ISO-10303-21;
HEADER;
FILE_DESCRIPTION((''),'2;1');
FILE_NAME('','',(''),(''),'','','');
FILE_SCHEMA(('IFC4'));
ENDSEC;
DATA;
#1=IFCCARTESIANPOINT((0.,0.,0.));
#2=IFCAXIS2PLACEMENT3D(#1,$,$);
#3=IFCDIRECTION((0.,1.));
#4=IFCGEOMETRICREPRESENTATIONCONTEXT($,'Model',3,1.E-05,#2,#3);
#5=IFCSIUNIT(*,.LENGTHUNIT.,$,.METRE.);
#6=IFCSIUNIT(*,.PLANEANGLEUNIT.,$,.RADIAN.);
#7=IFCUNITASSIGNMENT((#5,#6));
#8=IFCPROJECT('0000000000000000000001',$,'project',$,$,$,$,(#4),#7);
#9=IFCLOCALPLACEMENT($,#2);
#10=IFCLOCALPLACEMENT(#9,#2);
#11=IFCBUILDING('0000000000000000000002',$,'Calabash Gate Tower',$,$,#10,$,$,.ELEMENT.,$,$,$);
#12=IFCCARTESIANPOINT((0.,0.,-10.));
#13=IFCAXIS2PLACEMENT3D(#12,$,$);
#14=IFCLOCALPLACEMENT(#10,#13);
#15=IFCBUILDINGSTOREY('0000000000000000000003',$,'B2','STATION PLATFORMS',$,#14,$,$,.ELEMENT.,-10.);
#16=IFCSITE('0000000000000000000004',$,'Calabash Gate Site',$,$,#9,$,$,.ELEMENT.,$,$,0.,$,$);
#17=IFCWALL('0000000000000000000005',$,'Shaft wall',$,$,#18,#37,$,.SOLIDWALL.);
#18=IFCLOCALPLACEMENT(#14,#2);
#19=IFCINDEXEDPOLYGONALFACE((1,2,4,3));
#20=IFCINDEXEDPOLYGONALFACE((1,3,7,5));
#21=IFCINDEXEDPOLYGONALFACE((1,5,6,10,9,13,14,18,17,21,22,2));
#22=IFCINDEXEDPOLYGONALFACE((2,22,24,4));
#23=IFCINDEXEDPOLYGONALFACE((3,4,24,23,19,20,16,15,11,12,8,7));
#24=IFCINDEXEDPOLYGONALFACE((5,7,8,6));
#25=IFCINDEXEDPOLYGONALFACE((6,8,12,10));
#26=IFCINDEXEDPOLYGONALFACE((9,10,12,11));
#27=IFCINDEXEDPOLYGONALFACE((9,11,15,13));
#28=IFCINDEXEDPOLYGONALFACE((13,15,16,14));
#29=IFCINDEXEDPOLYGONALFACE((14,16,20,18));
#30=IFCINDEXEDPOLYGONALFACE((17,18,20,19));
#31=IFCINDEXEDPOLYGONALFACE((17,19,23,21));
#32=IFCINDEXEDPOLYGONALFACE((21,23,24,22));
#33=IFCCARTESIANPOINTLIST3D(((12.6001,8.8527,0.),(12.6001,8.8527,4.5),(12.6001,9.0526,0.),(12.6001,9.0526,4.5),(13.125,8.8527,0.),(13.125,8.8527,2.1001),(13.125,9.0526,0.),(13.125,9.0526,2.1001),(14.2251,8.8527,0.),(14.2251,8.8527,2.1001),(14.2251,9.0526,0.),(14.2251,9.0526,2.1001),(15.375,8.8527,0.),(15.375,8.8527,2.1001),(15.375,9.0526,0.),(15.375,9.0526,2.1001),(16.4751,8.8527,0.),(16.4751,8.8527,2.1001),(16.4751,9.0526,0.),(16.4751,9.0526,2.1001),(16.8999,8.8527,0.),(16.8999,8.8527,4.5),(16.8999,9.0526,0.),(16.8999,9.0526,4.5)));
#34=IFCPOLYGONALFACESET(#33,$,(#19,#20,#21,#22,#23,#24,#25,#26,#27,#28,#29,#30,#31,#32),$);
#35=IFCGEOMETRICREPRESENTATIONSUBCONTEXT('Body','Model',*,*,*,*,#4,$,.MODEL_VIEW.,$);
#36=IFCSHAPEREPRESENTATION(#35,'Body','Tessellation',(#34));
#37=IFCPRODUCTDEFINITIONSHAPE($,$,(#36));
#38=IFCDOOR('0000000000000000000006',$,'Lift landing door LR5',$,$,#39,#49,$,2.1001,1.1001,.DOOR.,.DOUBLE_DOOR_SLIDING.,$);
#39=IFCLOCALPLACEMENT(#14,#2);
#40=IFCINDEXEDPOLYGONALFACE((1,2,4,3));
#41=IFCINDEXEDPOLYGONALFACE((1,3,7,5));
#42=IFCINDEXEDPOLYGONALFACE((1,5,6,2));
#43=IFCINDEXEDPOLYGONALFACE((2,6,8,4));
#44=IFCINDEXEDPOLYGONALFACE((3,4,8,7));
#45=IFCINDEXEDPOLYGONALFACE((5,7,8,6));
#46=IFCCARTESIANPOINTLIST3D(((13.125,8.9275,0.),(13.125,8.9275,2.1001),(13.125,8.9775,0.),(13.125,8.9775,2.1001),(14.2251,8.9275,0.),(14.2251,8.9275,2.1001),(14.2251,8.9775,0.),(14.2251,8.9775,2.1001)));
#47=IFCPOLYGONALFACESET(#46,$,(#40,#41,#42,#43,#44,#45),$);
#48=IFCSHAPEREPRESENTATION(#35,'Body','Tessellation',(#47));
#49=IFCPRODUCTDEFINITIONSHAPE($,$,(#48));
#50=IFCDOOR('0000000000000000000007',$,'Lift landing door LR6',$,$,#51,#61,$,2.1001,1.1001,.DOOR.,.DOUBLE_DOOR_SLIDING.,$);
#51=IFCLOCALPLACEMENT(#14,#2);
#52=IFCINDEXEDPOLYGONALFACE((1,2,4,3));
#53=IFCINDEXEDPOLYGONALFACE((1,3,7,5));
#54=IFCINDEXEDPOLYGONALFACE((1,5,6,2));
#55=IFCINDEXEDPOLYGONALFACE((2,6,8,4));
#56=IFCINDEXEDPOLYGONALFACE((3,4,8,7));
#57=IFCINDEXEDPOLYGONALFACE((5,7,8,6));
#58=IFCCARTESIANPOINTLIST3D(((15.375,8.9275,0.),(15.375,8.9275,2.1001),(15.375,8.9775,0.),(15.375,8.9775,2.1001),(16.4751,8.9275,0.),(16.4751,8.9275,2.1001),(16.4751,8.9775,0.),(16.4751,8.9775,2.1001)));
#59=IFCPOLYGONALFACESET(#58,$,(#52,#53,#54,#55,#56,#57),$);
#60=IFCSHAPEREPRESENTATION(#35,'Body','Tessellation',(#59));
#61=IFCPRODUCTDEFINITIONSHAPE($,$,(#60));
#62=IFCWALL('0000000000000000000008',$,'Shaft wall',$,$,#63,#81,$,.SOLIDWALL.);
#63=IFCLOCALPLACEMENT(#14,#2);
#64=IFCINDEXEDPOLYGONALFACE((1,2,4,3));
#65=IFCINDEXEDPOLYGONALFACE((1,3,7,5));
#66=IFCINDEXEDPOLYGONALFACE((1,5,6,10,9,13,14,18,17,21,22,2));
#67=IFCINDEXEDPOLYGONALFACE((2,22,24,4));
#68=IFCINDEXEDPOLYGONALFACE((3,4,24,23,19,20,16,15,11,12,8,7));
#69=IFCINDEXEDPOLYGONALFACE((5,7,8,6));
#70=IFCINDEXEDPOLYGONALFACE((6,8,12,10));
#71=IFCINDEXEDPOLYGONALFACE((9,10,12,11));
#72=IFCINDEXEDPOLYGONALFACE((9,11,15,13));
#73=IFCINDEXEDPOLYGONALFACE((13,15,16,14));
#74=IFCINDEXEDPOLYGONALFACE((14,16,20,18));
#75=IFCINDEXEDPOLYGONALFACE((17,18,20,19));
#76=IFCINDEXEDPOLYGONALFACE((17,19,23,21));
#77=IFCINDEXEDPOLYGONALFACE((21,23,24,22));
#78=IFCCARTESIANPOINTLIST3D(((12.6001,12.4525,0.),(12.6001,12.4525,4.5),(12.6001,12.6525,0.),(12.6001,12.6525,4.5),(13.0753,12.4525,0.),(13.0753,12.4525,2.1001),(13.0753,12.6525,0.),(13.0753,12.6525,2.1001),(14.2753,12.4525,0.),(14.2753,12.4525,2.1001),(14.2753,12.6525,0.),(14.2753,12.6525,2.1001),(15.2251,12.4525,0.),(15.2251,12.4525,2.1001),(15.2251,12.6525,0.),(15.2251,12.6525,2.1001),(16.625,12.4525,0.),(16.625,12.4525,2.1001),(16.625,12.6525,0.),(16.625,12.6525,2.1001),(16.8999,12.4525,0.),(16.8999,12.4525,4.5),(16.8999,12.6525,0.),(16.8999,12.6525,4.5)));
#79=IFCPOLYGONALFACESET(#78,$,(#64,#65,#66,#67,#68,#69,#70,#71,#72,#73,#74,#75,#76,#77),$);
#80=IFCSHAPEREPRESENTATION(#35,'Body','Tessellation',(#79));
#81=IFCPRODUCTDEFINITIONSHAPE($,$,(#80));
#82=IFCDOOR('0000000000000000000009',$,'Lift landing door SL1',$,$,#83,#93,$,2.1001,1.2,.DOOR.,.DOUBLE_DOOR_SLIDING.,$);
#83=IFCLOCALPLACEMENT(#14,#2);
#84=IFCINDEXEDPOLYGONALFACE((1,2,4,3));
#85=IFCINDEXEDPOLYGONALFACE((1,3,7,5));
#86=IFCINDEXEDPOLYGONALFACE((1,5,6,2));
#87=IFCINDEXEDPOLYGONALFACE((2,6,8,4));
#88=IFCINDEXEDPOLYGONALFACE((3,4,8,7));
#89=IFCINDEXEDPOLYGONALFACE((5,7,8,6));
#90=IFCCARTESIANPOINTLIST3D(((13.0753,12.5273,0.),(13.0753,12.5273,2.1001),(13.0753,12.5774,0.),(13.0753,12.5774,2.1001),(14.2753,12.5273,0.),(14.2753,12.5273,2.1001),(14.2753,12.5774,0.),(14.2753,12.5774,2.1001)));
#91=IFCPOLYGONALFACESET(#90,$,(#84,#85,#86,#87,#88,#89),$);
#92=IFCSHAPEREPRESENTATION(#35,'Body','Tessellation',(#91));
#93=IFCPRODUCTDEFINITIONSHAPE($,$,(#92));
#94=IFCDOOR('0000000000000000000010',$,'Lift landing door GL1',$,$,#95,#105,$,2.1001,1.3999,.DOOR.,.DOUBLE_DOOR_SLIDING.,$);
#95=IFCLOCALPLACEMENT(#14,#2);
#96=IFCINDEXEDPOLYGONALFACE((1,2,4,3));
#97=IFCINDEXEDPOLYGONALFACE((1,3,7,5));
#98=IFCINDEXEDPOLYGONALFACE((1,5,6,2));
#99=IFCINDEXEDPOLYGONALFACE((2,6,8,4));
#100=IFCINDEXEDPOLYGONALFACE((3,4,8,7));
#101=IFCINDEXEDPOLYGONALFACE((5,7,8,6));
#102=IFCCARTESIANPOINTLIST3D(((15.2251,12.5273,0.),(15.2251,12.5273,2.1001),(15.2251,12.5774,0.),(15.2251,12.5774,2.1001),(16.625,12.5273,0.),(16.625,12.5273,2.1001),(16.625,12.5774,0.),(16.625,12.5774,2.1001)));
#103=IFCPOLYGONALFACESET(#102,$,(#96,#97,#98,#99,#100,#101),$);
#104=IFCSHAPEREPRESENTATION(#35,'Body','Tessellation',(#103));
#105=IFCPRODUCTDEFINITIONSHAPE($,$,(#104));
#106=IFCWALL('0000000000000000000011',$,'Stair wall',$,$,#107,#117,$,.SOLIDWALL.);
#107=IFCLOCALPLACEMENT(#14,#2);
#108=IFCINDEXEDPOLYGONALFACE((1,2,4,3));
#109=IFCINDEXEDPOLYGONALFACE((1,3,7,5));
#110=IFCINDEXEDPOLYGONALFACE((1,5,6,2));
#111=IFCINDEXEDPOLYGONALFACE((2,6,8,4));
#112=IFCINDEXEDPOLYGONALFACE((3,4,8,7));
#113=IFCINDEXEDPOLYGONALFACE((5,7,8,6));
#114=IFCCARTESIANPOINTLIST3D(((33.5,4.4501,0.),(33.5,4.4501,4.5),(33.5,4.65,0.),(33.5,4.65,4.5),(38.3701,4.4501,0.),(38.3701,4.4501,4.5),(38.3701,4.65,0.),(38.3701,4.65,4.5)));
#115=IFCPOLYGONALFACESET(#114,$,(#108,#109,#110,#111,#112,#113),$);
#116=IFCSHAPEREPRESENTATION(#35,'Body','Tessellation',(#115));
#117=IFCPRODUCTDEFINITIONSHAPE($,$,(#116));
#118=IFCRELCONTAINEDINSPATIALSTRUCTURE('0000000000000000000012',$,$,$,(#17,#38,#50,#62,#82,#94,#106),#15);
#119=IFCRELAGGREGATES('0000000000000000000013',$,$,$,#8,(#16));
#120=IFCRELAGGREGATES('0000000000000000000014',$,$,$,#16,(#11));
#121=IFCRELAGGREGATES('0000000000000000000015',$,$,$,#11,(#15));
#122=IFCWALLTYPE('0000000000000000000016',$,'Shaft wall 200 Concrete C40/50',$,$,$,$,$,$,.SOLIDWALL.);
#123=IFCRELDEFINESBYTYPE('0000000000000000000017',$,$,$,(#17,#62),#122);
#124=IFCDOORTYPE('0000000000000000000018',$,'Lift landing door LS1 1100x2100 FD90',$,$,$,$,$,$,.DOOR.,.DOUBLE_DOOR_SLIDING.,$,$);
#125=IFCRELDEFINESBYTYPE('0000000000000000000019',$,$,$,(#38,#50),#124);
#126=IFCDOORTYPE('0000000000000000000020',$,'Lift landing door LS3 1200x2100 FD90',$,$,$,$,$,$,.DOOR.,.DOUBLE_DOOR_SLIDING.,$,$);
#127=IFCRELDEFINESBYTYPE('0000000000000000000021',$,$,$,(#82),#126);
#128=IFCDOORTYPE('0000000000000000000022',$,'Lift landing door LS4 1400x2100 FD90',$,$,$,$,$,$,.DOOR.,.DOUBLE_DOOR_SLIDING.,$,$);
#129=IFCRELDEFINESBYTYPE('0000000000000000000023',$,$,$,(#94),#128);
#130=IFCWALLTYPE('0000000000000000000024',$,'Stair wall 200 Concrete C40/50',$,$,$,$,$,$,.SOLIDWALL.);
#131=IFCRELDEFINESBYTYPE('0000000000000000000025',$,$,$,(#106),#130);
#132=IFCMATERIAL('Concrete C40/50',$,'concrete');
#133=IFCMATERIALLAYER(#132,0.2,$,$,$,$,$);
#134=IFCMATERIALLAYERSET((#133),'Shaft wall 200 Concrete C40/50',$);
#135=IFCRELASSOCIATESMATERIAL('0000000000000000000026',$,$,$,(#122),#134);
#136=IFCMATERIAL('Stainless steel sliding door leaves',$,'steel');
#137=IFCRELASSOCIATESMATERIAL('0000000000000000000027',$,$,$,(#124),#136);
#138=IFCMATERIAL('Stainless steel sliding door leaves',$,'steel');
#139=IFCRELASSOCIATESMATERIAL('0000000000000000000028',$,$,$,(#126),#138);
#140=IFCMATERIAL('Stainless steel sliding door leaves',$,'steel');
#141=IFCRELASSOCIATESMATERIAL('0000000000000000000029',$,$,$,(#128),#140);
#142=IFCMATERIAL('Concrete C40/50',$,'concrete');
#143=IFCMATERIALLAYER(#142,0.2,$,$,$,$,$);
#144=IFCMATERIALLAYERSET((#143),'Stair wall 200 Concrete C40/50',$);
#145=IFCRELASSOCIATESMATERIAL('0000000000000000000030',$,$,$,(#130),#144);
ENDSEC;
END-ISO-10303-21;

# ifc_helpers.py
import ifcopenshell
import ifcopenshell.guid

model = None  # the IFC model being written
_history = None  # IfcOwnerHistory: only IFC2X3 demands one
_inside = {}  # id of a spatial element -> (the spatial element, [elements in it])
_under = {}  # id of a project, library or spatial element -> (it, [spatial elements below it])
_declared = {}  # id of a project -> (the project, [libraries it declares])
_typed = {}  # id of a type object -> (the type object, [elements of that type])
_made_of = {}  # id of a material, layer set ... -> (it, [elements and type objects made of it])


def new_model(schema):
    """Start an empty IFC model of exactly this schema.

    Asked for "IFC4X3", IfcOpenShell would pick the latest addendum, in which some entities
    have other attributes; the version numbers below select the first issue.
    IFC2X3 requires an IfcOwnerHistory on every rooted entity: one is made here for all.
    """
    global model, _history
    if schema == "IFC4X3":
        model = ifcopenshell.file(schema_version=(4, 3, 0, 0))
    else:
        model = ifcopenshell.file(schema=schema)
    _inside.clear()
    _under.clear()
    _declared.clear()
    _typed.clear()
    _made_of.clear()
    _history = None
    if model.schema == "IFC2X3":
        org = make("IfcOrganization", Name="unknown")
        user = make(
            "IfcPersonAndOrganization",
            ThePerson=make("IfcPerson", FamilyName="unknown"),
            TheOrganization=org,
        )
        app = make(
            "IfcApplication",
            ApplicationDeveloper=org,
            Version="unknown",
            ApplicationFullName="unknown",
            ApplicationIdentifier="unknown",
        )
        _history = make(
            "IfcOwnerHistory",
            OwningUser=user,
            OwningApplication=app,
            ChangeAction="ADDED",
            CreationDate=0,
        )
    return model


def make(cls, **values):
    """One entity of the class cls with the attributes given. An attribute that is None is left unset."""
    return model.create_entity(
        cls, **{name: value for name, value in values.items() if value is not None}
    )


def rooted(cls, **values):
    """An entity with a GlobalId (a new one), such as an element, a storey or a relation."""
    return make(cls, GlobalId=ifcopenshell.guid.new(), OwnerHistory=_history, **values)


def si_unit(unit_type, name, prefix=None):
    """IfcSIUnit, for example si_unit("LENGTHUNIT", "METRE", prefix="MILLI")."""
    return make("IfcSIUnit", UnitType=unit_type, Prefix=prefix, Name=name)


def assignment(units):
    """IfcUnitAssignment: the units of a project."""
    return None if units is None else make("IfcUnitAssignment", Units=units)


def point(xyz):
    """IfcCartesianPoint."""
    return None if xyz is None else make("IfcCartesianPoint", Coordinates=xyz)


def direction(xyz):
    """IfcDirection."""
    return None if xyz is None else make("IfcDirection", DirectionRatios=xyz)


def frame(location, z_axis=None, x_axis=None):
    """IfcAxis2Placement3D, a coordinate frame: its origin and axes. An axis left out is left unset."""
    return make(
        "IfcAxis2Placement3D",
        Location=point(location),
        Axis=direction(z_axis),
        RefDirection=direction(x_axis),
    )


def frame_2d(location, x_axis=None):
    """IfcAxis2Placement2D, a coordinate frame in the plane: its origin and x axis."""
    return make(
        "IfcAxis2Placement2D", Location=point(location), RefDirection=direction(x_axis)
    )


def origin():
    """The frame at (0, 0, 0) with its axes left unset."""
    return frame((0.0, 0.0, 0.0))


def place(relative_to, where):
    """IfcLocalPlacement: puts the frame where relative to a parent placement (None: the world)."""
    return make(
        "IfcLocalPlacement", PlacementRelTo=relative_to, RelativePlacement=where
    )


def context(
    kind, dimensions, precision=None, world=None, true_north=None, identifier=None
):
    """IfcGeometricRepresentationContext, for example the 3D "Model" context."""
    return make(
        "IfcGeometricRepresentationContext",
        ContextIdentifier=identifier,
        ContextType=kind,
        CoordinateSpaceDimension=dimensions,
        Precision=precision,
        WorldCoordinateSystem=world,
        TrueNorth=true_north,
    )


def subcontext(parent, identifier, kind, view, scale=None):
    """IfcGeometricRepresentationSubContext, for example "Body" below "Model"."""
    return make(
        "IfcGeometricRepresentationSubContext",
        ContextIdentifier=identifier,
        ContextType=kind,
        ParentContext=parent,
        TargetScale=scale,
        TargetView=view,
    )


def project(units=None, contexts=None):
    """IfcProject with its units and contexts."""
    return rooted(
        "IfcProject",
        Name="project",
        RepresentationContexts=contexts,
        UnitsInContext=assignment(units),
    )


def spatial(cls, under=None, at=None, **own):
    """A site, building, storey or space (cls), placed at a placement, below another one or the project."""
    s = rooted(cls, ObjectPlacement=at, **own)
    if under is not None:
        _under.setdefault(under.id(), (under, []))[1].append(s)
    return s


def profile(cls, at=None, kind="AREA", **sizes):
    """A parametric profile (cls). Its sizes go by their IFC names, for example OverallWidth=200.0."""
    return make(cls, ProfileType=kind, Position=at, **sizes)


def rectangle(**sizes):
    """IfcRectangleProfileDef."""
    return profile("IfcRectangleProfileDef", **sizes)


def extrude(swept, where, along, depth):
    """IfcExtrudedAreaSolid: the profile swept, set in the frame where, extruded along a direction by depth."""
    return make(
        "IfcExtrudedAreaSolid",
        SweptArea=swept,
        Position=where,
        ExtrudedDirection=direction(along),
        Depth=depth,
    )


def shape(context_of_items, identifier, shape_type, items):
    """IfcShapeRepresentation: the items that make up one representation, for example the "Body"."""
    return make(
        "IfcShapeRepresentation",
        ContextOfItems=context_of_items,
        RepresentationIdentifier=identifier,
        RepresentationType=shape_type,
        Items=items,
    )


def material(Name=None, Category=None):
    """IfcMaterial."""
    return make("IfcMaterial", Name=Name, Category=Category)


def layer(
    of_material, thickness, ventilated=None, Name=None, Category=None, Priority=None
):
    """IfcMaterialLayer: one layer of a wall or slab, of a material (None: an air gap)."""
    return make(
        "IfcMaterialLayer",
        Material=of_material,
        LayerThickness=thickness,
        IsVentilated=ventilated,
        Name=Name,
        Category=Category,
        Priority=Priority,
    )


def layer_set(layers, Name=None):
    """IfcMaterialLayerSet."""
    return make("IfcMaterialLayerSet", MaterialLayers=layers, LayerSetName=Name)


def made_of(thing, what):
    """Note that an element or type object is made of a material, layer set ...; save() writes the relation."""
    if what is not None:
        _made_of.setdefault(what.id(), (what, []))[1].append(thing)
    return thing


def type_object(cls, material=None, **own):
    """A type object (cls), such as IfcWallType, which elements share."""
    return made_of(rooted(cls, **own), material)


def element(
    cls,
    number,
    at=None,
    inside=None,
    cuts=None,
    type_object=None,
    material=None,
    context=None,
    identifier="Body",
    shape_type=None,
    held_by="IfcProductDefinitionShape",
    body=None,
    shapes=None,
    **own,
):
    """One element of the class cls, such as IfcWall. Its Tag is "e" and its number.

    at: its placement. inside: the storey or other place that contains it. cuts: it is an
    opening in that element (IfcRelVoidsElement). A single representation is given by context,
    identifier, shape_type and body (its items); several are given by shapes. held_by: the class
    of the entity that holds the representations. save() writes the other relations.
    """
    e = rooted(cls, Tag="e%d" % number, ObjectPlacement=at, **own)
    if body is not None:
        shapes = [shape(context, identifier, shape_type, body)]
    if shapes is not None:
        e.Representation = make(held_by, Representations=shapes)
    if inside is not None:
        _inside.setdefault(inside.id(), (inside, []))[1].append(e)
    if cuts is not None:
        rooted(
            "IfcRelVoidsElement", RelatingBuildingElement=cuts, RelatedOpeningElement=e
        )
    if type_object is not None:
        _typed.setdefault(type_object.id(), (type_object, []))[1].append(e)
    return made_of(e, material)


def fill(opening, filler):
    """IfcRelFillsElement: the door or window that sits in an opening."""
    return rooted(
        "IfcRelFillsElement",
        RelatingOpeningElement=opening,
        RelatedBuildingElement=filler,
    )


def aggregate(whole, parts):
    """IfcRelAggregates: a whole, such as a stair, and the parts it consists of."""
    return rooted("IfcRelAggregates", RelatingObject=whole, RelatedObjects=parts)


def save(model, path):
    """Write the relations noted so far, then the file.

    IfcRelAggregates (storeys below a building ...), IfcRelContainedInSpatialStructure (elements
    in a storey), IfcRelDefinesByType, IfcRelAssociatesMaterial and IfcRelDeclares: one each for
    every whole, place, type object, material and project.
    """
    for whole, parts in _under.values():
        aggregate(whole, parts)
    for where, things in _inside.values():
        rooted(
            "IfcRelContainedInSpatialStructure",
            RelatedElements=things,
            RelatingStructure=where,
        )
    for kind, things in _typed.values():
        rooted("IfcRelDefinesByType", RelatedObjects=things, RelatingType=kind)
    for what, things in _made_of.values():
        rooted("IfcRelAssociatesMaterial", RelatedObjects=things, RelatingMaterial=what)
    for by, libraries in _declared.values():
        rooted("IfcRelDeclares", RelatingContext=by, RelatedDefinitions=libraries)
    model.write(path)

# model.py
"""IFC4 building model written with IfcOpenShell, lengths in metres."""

from ifc_helpers import new_model, si_unit, direction, frame, frame_2d, origin, place, context, subcontext, project, spatial, rectangle, extrude, material, layer, layer_set, type_object, element, fill, save


model = new_model("IFC4")

# Units and contexts
model_context = context("Model", 3, precision=1e-05, world=origin(), true_north=direction((0.0, 1.0)))
body_context = subcontext(model_context, "Body", "Model", "MODEL_VIEW")
ifc_project = project(units=[si_unit("LENGTHUNIT", "METRE"), si_unit("PLANEANGLEUNIT", "RADIAN")], contexts=[model_context])

# Site, building, storey
site_placement = place(None, origin())
site = spatial("IfcSite", under=ifc_project, at=site_placement, Name="Calabash Gate Site", CompositionType="ELEMENT", RefElevation=0.0)
building_placement = place(site_placement, origin())
building = spatial("IfcBuilding", under=site, at=building_placement, Name="Calabash Gate Tower", CompositionType="ELEMENT")
storey_placement = place(building_placement, frame((0.0, 0.0, -10.0)))
storey = spatial("IfcBuildingStorey", under=building, at=storey_placement, Name="B2", Description="STATION PLATFORMS", CompositionType="ELEMENT", Elevation=-10.0)

# Shared definitions
ifc_material_1 = material(Name="Concrete C40/50", Category="concrete")
ifc_layer_1 = layer(ifc_material_1, 0.2)
ifc_layer_set_1 = layer_set([ifc_layer_1], Name="Shaft wall 200 Concrete C40/50")
wall_type_1 = type_object("IfcWallType", Name="Shaft wall 200 Concrete C40/50", PredefinedType="SOLIDWALL", material=ifc_layer_set_1)

# Walls, openings, doors
wall_1_placement = place(storey_placement, frame((12.6001, 8.9526, 0.0), z_axis=(0.0, 0.0, 1.0), x_axis=(1.0, 0.0, 0.0)))
wall_1 = element("IfcWall", 1, at=wall_1_placement, inside=storey, type_object=wall_type_1, Name="Shaft wall", PredefinedType="SOLIDWALL", context=body_context, shape_type="SweptSolid", body=[
    extrude(rectangle(XDim=4.2998, YDim=0.2, at=frame_2d((2.1499, 0.0))), origin(), (0.0, 0.0, 1.0), 4.5),
])
opening_1_placement = place(wall_1_placement, frame((0.5249, 0.0, 0.0)))
opening_1 = element("IfcOpeningElement", 2, at=opening_1_placement, cuts=wall_1, PredefinedType="OPENING", context=body_context, shape_type="SweptSolid", body=[
    extrude(rectangle(XDim=1.1001, YDim=2.1001, at=frame_2d((0.55, 1.05))), frame((0.0, 0.1099, 0.0), z_axis=(0.0, -1.0, 0.0), x_axis=(1.0, 0.0, 0.0)), (0.0, 0.0, 1.0), 0.22),
])
opening_2_placement = place(wall_1_placement, frame((2.7749, 0.0, 0.0)))
opening_2 = element("IfcOpeningElement", 3, at=opening_2_placement, cuts=wall_1, PredefinedType="OPENING", context=body_context, shape_type="SweptSolid", body=[
    extrude(rectangle(XDim=1.1001, YDim=2.1001, at=frame_2d((0.55, 1.05))), frame((0.0, 0.1099, 0.0), z_axis=(0.0, -1.0, 0.0), x_axis=(1.0, 0.0, 0.0)), (0.0, 0.0, 1.0), 0.22),
])
ifc_material_2 = material(Name="Stainless steel sliding door leaves", Category="steel")
door_type_1 = type_object("IfcDoorType", Name="Lift landing door LS1 1100x2100 FD90", OperationType="DOUBLE_DOOR_SLIDING", PredefinedType="DOOR", material=ifc_material_2)
door_1_placement = place(opening_1_placement, origin())
door_1 = element("IfcDoor", 4, at=door_1_placement, inside=storey, type_object=door_type_1, Name="Lift landing door LR5", OperationType="DOUBLE_DOOR_SLIDING", OverallHeight=2.1001, OverallWidth=1.1001, PredefinedType="DOOR", context=body_context, shape_type="SweptSolid", body=[
    extrude(rectangle(XDim=1.1001, YDim=2.1001, at=frame_2d((0.55, 1.05))), frame((0.0, 0.0249, 0.0), z_axis=(0.0, -1.0, 0.0), x_axis=(1.0, 0.0, 0.0)), (0.0, 0.0, 1.0), 0.05),
])
fill(opening_1, door_1)
door_2_placement = place(opening_2_placement, origin())
door_2 = element("IfcDoor", 5, at=door_2_placement, inside=storey, type_object=door_type_1, Name="Lift landing door LR6", OperationType="DOUBLE_DOOR_SLIDING", OverallHeight=2.1001, OverallWidth=1.1001, PredefinedType="DOOR", context=body_context, shape_type="SweptSolid", body=[
    extrude(rectangle(XDim=1.1001, YDim=2.1001, at=frame_2d((0.55, 1.05))), frame((0.0, 0.0249, 0.0), z_axis=(0.0, -1.0, 0.0), x_axis=(1.0, 0.0, 0.0)), (0.0, 0.0, 1.0), 0.05),
])
fill(opening_2, door_2)
wall_2_placement = place(storey_placement, frame((12.6001, 12.5525, 0.0), z_axis=(0.0, 0.0, 1.0), x_axis=(1.0, 0.0, 0.0)))
wall_2 = element("IfcWall", 6, at=wall_2_placement, inside=storey, type_object=wall_type_1, Name="Shaft wall", PredefinedType="SOLIDWALL", context=body_context, shape_type="SweptSolid", body=[
    extrude(rectangle(XDim=4.2998, YDim=0.2, at=frame_2d((2.1499, 0.0))), origin(), (0.0, 0.0, 1.0), 4.5),
])
opening_3_placement = place(wall_2_placement, frame((0.4751, 0.0, 0.0)))
opening_3 = element("IfcOpeningElement", 7, at=opening_3_placement, cuts=wall_2, PredefinedType="OPENING", context=body_context, shape_type="SweptSolid", body=[
    extrude(rectangle(XDim=1.2, YDim=2.1001, at=frame_2d((0.6001, 1.05))), frame((0.0, 0.1099, 0.0), z_axis=(0.0, -1.0, 0.0), x_axis=(1.0, 0.0, 0.0)), (0.0, 0.0, 1.0), 0.22),
])
opening_4_placement = place(wall_2_placement, frame((2.625, 0.0, 0.0)))
opening_4 = element("IfcOpeningElement", 8, at=opening_4_placement, cuts=wall_2, PredefinedType="OPENING", context=body_context, shape_type="SweptSolid", body=[
    extrude(rectangle(XDim=1.3999, YDim=2.1001, at=frame_2d((0.7, 1.05))), frame((0.0, 0.1099, 0.0), z_axis=(0.0, -1.0, 0.0), x_axis=(1.0, 0.0, 0.0)), (0.0, 0.0, 1.0), 0.22),
])
ifc_material_3 = material(Name="Stainless steel sliding door leaves", Category="steel")
door_type_2 = type_object("IfcDoorType", Name="Lift landing door LS3 1200x2100 FD90", OperationType="DOUBLE_DOOR_SLIDING", PredefinedType="DOOR", material=ifc_material_3)
door_3_placement = place(opening_3_placement, origin())
door_3 = element("IfcDoor", 9, at=door_3_placement, inside=storey, type_object=door_type_2, Name="Lift landing door SL1", OperationType="DOUBLE_DOOR_SLIDING", OverallHeight=2.1001, OverallWidth=1.2, PredefinedType="DOOR", context=body_context, shape_type="SweptSolid", body=[
    extrude(rectangle(XDim=1.2, YDim=2.1001, at=frame_2d((0.6001, 1.05))), frame((0.0, 0.0249, 0.0), z_axis=(0.0, -1.0, 0.0), x_axis=(1.0, 0.0, 0.0)), (0.0, 0.0, 1.0), 0.05),
])
fill(opening_3, door_3)
ifc_material_4 = material(Name="Stainless steel sliding door leaves", Category="steel")
door_type_3 = type_object("IfcDoorType", Name="Lift landing door LS4 1400x2100 FD90", OperationType="DOUBLE_DOOR_SLIDING", PredefinedType="DOOR", material=ifc_material_4)
door_4_placement = place(opening_4_placement, origin())
door_4 = element("IfcDoor", 10, at=door_4_placement, inside=storey, type_object=door_type_3, Name="Lift landing door GL1", OperationType="DOUBLE_DOOR_SLIDING", OverallHeight=2.1001, OverallWidth=1.3999, PredefinedType="DOOR", context=body_context, shape_type="SweptSolid", body=[
    extrude(rectangle(XDim=1.3999, YDim=2.1001, at=frame_2d((0.7, 1.05))), frame((0.0, 0.0249, 0.0), z_axis=(0.0, -1.0, 0.0), x_axis=(1.0, 0.0, 0.0)), (0.0, 0.0, 1.0), 0.05),
])
fill(opening_4, door_4)

# Wall
ifc_material_5 = material(Name="Concrete C40/50", Category="concrete")
ifc_layer_2 = layer(ifc_material_5, 0.2)
ifc_layer_set_2 = layer_set([ifc_layer_2], Name="Stair wall 200 Concrete C40/50")
wall_type_2 = type_object("IfcWallType", Name="Stair wall 200 Concrete C40/50", PredefinedType="SOLIDWALL", material=ifc_layer_set_2)
wall_3_placement = place(storey_placement, frame((33.5, 4.55, 0.0), z_axis=(0.0, 0.0, 1.0), x_axis=(1.0, 0.0, 0.0)))
element("IfcWall", 11, at=wall_3_placement, inside=storey, type_object=wall_type_2, Name="Stair wall", PredefinedType="SOLIDWALL", context=body_context, shape_type="SweptSolid", body=[
    extrude(rectangle(XDim=4.8701, YDim=0.2, at=frame_2d((2.4351, 0.0))), origin(), (0.0, 0.0, 1.0), 4.5),
])

save(model, "model.ifc")
